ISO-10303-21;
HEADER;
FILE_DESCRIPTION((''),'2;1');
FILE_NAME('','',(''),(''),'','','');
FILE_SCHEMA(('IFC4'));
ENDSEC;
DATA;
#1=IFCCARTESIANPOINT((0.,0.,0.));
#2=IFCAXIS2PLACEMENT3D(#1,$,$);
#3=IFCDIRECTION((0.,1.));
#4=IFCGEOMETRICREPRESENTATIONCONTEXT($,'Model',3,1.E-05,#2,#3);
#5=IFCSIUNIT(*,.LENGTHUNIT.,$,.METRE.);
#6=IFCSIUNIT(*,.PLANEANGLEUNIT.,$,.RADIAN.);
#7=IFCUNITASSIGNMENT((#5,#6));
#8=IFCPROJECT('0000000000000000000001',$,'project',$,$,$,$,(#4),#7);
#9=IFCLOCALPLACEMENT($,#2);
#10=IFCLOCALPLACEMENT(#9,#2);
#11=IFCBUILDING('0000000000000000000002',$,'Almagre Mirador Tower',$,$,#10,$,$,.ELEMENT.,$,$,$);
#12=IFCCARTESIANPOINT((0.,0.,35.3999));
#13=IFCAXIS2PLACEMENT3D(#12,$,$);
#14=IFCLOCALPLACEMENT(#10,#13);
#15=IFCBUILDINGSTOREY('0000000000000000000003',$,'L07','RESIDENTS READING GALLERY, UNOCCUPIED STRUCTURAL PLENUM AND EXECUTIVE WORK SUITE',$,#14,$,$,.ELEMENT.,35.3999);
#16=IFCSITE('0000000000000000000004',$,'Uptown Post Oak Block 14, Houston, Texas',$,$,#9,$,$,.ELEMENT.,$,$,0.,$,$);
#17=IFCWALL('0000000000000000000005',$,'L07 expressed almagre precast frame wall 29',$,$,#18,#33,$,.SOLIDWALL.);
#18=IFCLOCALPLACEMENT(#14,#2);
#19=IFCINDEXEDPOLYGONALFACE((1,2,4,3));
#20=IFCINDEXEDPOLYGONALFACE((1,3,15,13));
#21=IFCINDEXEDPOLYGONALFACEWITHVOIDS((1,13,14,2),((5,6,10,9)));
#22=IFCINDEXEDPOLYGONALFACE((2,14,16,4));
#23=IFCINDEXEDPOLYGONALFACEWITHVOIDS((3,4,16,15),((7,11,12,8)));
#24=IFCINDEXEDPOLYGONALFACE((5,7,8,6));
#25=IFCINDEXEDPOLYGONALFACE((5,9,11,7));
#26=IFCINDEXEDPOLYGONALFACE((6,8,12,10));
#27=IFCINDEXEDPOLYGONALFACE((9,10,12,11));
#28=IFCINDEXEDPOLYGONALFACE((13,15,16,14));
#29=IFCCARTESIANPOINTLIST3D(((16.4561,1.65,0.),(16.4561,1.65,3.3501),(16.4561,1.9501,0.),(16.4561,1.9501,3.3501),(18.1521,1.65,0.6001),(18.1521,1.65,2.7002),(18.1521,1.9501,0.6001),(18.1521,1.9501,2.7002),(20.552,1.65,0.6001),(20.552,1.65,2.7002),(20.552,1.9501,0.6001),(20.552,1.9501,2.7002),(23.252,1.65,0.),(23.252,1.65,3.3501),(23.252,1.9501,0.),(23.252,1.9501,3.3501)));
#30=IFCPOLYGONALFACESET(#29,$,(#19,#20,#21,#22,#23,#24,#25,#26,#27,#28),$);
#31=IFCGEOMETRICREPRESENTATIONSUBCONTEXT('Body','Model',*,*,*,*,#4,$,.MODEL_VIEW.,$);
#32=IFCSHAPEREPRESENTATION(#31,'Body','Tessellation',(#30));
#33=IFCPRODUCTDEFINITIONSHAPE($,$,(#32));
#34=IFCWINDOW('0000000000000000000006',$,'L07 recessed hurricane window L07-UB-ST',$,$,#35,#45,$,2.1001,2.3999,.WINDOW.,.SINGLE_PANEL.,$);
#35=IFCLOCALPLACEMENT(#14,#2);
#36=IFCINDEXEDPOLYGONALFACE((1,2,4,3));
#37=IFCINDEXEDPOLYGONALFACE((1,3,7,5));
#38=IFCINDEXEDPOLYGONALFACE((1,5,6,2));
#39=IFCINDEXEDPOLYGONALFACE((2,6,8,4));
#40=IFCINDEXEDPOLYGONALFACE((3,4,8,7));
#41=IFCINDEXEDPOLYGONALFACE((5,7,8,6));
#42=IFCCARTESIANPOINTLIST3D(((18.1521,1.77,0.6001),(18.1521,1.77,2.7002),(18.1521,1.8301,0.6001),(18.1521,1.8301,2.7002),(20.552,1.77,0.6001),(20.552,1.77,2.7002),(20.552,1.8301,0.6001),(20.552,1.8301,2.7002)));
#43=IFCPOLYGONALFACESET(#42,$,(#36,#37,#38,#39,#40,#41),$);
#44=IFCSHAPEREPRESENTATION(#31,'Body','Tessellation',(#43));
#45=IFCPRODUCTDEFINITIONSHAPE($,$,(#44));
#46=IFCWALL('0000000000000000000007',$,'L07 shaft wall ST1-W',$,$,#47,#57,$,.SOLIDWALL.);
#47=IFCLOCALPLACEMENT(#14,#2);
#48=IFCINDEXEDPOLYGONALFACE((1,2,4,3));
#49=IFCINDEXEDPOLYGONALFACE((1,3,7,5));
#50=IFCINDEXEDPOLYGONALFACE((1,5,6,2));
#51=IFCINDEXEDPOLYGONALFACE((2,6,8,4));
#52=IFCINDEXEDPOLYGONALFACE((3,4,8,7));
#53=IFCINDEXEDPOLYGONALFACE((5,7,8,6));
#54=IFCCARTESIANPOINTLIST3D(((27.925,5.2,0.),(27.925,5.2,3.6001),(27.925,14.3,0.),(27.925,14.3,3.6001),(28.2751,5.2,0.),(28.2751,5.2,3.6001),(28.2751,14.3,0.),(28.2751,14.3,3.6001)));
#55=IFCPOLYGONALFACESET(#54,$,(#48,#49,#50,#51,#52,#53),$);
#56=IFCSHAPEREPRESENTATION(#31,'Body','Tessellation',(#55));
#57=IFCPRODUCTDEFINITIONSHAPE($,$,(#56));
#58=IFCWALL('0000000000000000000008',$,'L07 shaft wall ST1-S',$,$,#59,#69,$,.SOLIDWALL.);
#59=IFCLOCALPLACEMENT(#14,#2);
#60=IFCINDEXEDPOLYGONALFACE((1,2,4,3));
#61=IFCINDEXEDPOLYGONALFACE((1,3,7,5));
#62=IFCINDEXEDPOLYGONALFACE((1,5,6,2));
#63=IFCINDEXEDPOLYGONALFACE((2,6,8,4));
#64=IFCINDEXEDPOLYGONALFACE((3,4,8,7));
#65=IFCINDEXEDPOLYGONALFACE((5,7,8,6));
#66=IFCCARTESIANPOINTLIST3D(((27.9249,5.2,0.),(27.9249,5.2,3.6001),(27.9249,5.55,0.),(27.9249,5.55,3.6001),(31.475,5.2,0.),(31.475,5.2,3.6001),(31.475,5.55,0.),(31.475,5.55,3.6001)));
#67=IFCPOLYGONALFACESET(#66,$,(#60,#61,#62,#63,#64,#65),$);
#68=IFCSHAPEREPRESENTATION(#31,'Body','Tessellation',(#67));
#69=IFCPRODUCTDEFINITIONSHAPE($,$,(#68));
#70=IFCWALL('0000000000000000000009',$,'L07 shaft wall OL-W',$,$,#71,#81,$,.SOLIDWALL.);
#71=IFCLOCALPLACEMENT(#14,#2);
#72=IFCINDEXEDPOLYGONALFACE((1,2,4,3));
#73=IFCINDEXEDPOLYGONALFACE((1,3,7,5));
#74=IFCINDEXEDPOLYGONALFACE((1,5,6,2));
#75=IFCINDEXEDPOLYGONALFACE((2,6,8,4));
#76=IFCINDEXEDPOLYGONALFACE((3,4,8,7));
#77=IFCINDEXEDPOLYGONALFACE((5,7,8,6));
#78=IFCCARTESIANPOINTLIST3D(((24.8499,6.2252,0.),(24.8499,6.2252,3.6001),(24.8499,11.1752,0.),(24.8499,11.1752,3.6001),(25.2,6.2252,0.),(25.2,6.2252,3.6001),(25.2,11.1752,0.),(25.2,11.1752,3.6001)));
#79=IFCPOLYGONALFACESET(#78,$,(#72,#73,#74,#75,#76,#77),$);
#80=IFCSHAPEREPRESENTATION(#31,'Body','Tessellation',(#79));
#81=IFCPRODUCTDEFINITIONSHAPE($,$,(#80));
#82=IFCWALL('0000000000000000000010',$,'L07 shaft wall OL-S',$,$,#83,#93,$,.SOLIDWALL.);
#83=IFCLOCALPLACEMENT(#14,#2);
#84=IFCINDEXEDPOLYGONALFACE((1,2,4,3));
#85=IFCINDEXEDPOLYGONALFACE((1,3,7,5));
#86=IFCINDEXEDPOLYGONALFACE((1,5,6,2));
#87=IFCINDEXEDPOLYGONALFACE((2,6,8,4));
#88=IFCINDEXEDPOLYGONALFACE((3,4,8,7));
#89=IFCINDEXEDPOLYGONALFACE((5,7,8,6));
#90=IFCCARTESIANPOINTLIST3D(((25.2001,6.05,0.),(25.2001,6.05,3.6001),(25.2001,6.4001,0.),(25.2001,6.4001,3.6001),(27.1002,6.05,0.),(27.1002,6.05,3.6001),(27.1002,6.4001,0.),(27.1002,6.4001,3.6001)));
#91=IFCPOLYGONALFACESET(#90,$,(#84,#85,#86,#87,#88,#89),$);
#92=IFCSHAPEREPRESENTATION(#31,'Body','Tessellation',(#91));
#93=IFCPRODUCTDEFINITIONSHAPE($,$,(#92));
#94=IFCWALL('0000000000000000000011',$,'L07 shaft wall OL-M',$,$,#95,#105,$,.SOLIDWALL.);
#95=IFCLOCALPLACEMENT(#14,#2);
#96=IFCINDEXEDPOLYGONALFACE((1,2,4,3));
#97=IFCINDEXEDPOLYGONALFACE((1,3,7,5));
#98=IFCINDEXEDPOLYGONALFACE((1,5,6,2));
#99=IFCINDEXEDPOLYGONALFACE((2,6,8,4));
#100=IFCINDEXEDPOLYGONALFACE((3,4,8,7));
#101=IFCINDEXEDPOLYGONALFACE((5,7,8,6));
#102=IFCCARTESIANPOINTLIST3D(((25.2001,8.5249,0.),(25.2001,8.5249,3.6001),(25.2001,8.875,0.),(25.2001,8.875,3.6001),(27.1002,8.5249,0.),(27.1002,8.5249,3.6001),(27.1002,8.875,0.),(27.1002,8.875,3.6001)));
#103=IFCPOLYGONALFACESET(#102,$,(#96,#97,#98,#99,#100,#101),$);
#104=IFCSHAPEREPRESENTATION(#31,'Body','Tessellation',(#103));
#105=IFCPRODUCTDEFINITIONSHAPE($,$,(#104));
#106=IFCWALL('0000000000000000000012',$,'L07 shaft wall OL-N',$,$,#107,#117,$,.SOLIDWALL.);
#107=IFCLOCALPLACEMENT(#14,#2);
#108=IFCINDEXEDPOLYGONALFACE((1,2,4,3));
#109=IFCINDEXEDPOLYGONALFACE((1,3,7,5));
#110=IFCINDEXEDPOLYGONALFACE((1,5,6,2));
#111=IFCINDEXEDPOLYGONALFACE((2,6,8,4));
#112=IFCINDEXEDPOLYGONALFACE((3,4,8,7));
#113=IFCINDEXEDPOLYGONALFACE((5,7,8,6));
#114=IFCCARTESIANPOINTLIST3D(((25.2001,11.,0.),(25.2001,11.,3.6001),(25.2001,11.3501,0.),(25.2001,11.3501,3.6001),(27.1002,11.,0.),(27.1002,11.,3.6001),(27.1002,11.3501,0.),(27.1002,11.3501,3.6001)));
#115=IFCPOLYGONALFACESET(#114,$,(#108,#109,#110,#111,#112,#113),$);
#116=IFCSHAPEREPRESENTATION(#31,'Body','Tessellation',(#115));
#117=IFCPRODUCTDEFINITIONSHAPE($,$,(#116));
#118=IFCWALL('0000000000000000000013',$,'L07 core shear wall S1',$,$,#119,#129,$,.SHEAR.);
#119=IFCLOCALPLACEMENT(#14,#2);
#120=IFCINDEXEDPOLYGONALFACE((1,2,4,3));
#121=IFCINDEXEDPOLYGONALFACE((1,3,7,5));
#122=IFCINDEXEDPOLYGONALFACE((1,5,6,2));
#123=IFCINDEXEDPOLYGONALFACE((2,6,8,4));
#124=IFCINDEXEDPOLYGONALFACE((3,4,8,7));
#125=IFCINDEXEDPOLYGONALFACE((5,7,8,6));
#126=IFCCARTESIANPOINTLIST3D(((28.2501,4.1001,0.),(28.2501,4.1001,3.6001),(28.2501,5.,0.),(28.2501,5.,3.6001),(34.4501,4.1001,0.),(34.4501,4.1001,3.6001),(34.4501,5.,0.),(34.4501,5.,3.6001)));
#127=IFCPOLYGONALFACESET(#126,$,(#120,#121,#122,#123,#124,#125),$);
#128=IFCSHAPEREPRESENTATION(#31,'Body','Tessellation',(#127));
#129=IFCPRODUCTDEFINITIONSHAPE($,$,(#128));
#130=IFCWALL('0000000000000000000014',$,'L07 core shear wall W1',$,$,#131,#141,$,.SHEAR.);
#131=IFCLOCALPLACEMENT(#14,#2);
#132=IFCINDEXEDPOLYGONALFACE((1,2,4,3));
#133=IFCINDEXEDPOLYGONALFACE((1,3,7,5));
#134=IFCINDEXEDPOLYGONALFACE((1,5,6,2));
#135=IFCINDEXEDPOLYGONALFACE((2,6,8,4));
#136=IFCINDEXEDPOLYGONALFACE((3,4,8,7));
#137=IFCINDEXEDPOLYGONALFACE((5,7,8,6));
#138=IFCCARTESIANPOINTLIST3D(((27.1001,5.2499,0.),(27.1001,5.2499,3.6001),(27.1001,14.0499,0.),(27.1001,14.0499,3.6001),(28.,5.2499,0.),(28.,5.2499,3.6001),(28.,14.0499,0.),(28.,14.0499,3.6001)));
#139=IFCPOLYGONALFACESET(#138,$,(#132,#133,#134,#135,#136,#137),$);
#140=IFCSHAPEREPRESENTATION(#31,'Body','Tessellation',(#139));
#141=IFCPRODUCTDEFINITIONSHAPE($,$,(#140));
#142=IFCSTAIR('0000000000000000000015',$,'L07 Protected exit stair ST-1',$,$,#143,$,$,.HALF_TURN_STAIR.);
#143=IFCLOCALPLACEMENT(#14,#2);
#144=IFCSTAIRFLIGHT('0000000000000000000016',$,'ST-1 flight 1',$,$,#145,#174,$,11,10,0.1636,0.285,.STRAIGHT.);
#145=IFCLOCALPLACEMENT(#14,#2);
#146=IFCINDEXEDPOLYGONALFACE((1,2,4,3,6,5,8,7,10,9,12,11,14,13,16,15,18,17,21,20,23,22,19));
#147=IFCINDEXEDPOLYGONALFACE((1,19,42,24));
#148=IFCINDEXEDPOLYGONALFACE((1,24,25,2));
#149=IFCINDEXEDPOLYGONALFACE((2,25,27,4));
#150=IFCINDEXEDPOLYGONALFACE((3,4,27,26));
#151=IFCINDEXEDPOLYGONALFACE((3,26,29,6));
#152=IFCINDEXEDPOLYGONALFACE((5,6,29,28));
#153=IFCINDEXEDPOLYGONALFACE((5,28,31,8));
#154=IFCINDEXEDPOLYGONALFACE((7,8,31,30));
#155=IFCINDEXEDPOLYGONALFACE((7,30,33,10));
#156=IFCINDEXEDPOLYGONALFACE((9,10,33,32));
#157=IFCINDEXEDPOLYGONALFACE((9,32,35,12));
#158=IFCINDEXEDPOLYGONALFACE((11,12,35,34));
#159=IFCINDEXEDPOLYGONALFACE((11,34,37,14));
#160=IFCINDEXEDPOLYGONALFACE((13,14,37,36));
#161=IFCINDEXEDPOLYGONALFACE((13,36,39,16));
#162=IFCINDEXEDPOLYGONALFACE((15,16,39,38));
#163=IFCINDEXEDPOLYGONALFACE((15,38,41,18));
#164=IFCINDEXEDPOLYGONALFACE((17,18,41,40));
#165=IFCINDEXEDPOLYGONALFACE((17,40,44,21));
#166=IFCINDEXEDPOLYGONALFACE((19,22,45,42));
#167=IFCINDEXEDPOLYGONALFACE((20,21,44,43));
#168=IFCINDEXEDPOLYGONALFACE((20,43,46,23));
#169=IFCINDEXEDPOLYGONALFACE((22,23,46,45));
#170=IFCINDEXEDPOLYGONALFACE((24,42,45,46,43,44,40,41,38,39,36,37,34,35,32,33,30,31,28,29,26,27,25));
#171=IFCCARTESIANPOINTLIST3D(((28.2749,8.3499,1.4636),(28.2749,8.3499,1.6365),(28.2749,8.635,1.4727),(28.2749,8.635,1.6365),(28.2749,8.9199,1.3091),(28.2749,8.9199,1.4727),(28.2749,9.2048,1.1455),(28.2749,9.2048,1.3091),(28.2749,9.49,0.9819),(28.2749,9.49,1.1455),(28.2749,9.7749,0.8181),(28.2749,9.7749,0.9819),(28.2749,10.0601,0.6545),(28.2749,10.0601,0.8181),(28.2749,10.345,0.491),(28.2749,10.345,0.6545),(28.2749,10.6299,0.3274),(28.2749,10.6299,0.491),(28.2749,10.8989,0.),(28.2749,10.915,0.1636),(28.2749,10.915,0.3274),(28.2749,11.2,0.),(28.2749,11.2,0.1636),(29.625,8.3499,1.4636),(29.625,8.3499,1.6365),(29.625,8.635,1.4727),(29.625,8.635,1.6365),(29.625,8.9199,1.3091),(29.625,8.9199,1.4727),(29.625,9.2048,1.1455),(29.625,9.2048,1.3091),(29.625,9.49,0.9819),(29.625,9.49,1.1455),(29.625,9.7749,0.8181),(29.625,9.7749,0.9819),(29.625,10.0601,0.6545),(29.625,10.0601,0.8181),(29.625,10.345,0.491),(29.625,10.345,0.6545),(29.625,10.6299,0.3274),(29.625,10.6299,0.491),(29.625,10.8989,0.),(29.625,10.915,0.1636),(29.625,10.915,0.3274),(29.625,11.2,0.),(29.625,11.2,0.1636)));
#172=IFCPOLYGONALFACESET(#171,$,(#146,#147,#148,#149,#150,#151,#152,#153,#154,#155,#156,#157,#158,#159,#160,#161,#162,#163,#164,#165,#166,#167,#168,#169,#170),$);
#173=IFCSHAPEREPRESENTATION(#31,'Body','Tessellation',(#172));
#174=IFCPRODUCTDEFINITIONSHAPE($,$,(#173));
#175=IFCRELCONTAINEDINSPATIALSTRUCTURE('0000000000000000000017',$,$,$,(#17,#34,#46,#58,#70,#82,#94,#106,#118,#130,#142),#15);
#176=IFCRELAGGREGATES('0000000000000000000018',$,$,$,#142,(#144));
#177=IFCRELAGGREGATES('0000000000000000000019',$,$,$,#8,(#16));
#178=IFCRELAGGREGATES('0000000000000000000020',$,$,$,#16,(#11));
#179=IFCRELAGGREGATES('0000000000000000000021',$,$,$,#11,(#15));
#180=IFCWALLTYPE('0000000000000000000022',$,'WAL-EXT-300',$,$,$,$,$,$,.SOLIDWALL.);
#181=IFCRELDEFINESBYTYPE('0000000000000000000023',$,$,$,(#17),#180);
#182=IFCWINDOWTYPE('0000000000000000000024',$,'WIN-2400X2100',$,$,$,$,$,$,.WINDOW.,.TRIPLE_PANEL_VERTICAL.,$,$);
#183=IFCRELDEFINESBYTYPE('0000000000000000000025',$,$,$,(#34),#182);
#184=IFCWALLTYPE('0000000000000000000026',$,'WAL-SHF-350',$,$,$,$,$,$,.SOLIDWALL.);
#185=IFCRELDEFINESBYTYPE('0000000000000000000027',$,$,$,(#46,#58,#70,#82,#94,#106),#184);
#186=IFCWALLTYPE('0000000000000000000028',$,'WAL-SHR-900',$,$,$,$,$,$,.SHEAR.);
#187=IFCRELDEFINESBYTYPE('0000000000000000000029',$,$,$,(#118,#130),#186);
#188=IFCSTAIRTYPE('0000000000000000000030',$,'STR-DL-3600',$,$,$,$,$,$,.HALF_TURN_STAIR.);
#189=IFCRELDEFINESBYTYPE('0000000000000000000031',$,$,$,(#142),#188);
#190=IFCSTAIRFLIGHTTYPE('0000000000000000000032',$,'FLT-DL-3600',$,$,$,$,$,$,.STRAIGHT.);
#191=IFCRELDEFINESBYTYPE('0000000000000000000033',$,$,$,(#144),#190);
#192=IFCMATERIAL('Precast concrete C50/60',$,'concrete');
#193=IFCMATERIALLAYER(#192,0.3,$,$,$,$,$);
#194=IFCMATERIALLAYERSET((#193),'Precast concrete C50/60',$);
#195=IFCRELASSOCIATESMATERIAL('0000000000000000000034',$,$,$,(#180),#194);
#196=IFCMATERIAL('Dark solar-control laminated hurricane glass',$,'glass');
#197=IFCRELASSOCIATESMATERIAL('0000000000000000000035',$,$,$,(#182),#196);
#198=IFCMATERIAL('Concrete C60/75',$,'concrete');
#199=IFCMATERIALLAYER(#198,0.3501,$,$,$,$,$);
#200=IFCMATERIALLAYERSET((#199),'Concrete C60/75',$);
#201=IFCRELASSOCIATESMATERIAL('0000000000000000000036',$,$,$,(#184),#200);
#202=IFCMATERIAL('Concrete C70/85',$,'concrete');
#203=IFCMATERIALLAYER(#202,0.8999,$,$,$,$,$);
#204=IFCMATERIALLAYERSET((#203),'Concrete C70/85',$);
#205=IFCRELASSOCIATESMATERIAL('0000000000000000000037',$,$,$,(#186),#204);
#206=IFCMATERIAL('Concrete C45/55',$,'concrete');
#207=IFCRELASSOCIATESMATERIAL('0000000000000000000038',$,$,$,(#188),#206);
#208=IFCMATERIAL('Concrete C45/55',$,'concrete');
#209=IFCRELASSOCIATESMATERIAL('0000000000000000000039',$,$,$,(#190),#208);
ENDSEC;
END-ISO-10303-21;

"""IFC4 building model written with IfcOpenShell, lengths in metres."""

from ifc_helpers import new_model, si_unit, direction, frame, frame_2d, origin, place, context, subcontext, project, spatial, polyline, rectangle, outline, extrude, material, layer, layer_set, type_object, element, fill, aggregate, save


model = new_model("IFC4")

# Units and contexts
model_context = context("Model", 3, precision=1e-05, world=origin(), true_north=direction((0.0, 1.0)))
body_context = subcontext(model_context, "Body", "Model", "MODEL_VIEW")
ifc_project = project(units=[si_unit("LENGTHUNIT", "METRE"), si_unit("PLANEANGLEUNIT", "RADIAN")], contexts=[model_context])

# Site, building, storey
site_placement = place(None, origin())
site = spatial("IfcSite", under=ifc_project, at=site_placement, Name="Uptown Post Oak Block 14, Houston, Texas", CompositionType="ELEMENT", RefElevation=0.0)
building_placement = place(site_placement, origin())
building = spatial("IfcBuilding", under=site, at=building_placement, Name="Almagre Mirador Tower", CompositionType="ELEMENT")
storey_placement = place(building_placement, frame((0.0, 0.0, 35.3999)))
storey = spatial("IfcBuildingStorey", under=building, at=storey_placement, Name="L07", Description="RESIDENTS READING GALLERY, UNOCCUPIED STRUCTURAL PLENUM AND EXECUTIVE WORK SUITE", CompositionType="ELEMENT", Elevation=35.3999)

# Wall, opening, window
ifc_material_1 = material(Name="Precast concrete C50/60", Category="concrete")
ifc_layer_1 = layer(ifc_material_1, 0.3)
ifc_layer_set_1 = layer_set([ifc_layer_1], Name="Precast concrete C50/60")
wall_type_1 = type_object("IfcWallType", Name="WAL-EXT-300", PredefinedType="SOLIDWALL", material=ifc_layer_set_1)
wall_1_placement = place(storey_placement, frame((23.252, 1.8, 0.0), z_axis=(0.0, 0.0, 1.0), x_axis=(-1.0, 0.0, 0.0)))
wall_1 = element("IfcWall", 1, at=wall_1_placement, inside=storey, type_object=wall_type_1, Name="L07 expressed almagre precast frame wall 29", PredefinedType="SOLIDWALL", context=body_context, shape_type="SweptSolid", body=[
    extrude(rectangle(XDim=6.7959, YDim=0.3, at=frame_2d((3.3979, 0.0))), origin(), (0.0, 0.0, 1.0), 3.3501),
])
opening_placement = place(wall_1_placement, frame((2.7, 0.0, 0.6001)))
opening = element("IfcOpeningElement", 2, at=opening_placement, cuts=wall_1, PredefinedType="OPENING", context=body_context, shape_type="SweptSolid", body=[
    extrude(rectangle(XDim=2.3999, YDim=2.1001, at=frame_2d((1.2, 1.05))), frame((0.0, 0.1599, 0.0), z_axis=(0.0, -1.0, 0.0), x_axis=(1.0, 0.0, 0.0)), (0.0, 0.0, 1.0), 0.32),
])
ifc_material_2 = material(Name="Dark solar-control laminated hurricane glass", Category="glass")
window_type = type_object("IfcWindowType", Name="WIN-2400X2100", PartitioningType="TRIPLE_PANEL_VERTICAL", PredefinedType="WINDOW", material=ifc_material_2)
window_placement = place(opening_placement, origin())
window = element("IfcWindow", 3, at=window_placement, inside=storey, type_object=window_type, Name="L07 recessed hurricane window L07-UB-ST", OverallHeight=2.1001, OverallWidth=2.3999, PartitioningType="SINGLE_PANEL", PredefinedType="WINDOW", context=body_context, shape_type="SweptSolid", body=[
    extrude(rectangle(XDim=2.3999, YDim=2.1001, at=frame_2d((1.2, 1.05))), frame((0.0, 0.03, 0.0), z_axis=(0.0, -1.0, 0.0), x_axis=(1.0, 0.0, 0.0)), (0.0, 0.0, 1.0), 0.0601),
])
fill(opening, window)

# Walls
ifc_material_3 = material(Name="Concrete C60/75", Category="concrete")
ifc_layer_2 = layer(ifc_material_3, 0.3501)
ifc_layer_set_2 = layer_set([ifc_layer_2], Name="Concrete C60/75")
wall_type_2 = type_object("IfcWallType", Name="WAL-SHF-350", PredefinedType="SOLIDWALL", material=ifc_layer_set_2)
wall_2_placement = place(storey_placement, frame((28.1001, 5.2, 0.0), z_axis=(0.0, 0.0, 1.0), x_axis=(0.0, 1.0, 0.0)))
element("IfcWall", 4, at=wall_2_placement, inside=storey, type_object=wall_type_2, Name="L07 shaft wall ST1-W", PredefinedType="SOLIDWALL", context=body_context, shape_type="SweptSolid", body=[
    extrude(rectangle(XDim=9.1001, YDim=0.3501, at=frame_2d((4.55, 0.0))), origin(), (0.0, 0.0, 1.0), 3.6001),
])
wall_3_placement = place(storey_placement, frame((27.925, 5.375, 0.0), z_axis=(0.0, 0.0, 1.0), x_axis=(1.0, 0.0, 0.0)))
element("IfcWall", 5, at=wall_3_placement, inside=storey, type_object=wall_type_2, Name="L07 shaft wall ST1-S", PredefinedType="SOLIDWALL", context=body_context, shape_type="SweptSolid", body=[
    extrude(rectangle(XDim=3.55, YDim=0.3501, at=frame_2d((1.7749, 0.0))), origin(), (0.0, 0.0, 1.0), 3.6001),
])
wall_4_placement = place(storey_placement, frame((25.0249, 6.2251, 0.0), z_axis=(0.0, 0.0, 1.0), x_axis=(0.0, 1.0, 0.0)))
element("IfcWall", 6, at=wall_4_placement, inside=storey, type_object=wall_type_2, Name="L07 shaft wall OL-W", PredefinedType="SOLIDWALL", context=body_context, shape_type="SweptSolid", body=[
    extrude(rectangle(XDim=4.95, YDim=0.3501, at=frame_2d((2.4751, 0.0))), origin(), (0.0, 0.0, 1.0), 3.6001),
])
for number, where, z_axis, x_axis, name in (
    (7, (25.2, 6.2251, 0.0), (0.0, 0.0, 1.0), (1.0, 0.0, 0.0), "L07 shaft wall OL-S"),
    (8, (25.2, 8.7, 0.0), (0.0, 0.0, 1.0), (1.0, 0.0, 0.0), "L07 shaft wall OL-M"),
    (9, (25.2, 11.175, 0.0), (0.0, 0.0, 1.0), (1.0, 0.0, 0.0), "L07 shaft wall OL-N"),
):
    element("IfcWall", number, at=place(storey_placement, frame(where, z_axis=z_axis, x_axis=x_axis)), inside=storey, type_object=wall_type_2, Name=name, PredefinedType="SOLIDWALL", context=body_context, shape_type="SweptSolid", body=[
        extrude(rectangle(XDim=1.9001, YDim=0.3501, at=frame_2d((0.9502, 0.0))), origin(), (0.0, 0.0, 1.0), 3.6001),
    ])
ifc_material_4 = material(Name="Concrete C70/85", Category="concrete")
ifc_layer_3 = layer(ifc_material_4, 0.8999)
ifc_layer_set_3 = layer_set([ifc_layer_3], Name="Concrete C70/85")
wall_type_3 = type_object("IfcWallType", Name="WAL-SHR-900", PredefinedType="SHEAR", material=ifc_layer_set_3)
wall_5_placement = place(storey_placement, frame((28.25, 4.55, 0.0), z_axis=(0.0, 0.0, 1.0), x_axis=(1.0, 0.0, 0.0)))
element("IfcWall", 10, at=wall_5_placement, inside=storey, type_object=wall_type_3, Name="L07 core shear wall S1", PredefinedType="SHEAR", context=body_context, shape_type="SweptSolid", body=[
    extrude(rectangle(XDim=6.2, YDim=0.8999, at=frame_2d((3.1001, 0.0))), origin(), (0.0, 0.0, 1.0), 3.6001),
])
wall_6_placement = place(storey_placement, frame((27.55, 5.25, 0.0), z_axis=(0.0, 0.0, 1.0), x_axis=(0.0, 1.0, 0.0)))
element("IfcWall", 11, at=wall_6_placement, inside=storey, type_object=wall_type_3, Name="L07 core shear wall W1", PredefinedType="SHEAR", context=body_context, shape_type="SweptSolid", body=[
    extrude(rectangle(XDim=8.8, YDim=0.8999, at=frame_2d((4.3999, 0.0))), origin(), (0.0, 0.0, 1.0), 3.6001),
])

# Stair, stair flight
ifc_material_5 = material(Name="Concrete C45/55", Category="concrete")
stair_type = type_object("IfcStairType", Name="STR-DL-3600", PredefinedType="HALF_TURN_STAIR", material=ifc_material_5)
stair_placement = place(storey_placement, origin())
stair = element("IfcStair", 12, at=stair_placement, inside=storey, type_object=stair_type, Name="L07 Protected exit stair ST-1", PredefinedType="HALF_TURN_STAIR")
ifc_material_6 = material(Name="Concrete C45/55", Category="concrete")
stair_flight_type = type_object("IfcStairFlightType", Name="FLT-DL-3600", PredefinedType="STRAIGHT", material=ifc_material_6)
stair_flight_placement = place(storey_placement, frame((28.95, 11.2, 0.0), z_axis=(0.0, 0.0, 1.0), x_axis=(0.0, -1.0, 0.0)))
stair_flight = element("IfcStairFlight", 13, at=stair_flight_placement, type_object=stair_flight_type, Name="ST-1 flight 1", NumberOfRisers=11, NumberOfTreads=10, PredefinedType="STRAIGHT", RiserHeight=0.1636, TreadLength=0.285, context=body_context, shape_type="SweptSolid", body=[
    extrude(outline(polyline([(0.0, 0.0), (0.0, 0.1636), (0.2849, 0.1636), (0.2849, 0.3274), (0.5701, 0.3274), (0.5701, 0.491), (0.855, 0.491), (0.855, 0.6545), (1.1399, 0.6545), (1.1399, 0.8181), (1.425, 0.8181), (1.425, 0.9819), (1.71, 0.9819), (1.71, 1.1455), (1.9951, 1.1455), (1.9951, 1.3091), (2.28, 1.3091), (2.28, 1.4727), (2.5649, 1.4727), (2.5649, 1.6365), (2.8501, 1.6365), (2.8501, 1.8), (2.8501, 1.4636), (0.301, 0.0), (0.0, 0.0)])), frame((0.0, 0.675, 0.0), z_axis=(0.0, -1.0, 0.0), x_axis=(1.0, 0.0, 0.0)), (0.0, 0.0, 1.0), 1.3501),
])
aggregate(stair, [stair_flight])

save(model, "model.ifc")
